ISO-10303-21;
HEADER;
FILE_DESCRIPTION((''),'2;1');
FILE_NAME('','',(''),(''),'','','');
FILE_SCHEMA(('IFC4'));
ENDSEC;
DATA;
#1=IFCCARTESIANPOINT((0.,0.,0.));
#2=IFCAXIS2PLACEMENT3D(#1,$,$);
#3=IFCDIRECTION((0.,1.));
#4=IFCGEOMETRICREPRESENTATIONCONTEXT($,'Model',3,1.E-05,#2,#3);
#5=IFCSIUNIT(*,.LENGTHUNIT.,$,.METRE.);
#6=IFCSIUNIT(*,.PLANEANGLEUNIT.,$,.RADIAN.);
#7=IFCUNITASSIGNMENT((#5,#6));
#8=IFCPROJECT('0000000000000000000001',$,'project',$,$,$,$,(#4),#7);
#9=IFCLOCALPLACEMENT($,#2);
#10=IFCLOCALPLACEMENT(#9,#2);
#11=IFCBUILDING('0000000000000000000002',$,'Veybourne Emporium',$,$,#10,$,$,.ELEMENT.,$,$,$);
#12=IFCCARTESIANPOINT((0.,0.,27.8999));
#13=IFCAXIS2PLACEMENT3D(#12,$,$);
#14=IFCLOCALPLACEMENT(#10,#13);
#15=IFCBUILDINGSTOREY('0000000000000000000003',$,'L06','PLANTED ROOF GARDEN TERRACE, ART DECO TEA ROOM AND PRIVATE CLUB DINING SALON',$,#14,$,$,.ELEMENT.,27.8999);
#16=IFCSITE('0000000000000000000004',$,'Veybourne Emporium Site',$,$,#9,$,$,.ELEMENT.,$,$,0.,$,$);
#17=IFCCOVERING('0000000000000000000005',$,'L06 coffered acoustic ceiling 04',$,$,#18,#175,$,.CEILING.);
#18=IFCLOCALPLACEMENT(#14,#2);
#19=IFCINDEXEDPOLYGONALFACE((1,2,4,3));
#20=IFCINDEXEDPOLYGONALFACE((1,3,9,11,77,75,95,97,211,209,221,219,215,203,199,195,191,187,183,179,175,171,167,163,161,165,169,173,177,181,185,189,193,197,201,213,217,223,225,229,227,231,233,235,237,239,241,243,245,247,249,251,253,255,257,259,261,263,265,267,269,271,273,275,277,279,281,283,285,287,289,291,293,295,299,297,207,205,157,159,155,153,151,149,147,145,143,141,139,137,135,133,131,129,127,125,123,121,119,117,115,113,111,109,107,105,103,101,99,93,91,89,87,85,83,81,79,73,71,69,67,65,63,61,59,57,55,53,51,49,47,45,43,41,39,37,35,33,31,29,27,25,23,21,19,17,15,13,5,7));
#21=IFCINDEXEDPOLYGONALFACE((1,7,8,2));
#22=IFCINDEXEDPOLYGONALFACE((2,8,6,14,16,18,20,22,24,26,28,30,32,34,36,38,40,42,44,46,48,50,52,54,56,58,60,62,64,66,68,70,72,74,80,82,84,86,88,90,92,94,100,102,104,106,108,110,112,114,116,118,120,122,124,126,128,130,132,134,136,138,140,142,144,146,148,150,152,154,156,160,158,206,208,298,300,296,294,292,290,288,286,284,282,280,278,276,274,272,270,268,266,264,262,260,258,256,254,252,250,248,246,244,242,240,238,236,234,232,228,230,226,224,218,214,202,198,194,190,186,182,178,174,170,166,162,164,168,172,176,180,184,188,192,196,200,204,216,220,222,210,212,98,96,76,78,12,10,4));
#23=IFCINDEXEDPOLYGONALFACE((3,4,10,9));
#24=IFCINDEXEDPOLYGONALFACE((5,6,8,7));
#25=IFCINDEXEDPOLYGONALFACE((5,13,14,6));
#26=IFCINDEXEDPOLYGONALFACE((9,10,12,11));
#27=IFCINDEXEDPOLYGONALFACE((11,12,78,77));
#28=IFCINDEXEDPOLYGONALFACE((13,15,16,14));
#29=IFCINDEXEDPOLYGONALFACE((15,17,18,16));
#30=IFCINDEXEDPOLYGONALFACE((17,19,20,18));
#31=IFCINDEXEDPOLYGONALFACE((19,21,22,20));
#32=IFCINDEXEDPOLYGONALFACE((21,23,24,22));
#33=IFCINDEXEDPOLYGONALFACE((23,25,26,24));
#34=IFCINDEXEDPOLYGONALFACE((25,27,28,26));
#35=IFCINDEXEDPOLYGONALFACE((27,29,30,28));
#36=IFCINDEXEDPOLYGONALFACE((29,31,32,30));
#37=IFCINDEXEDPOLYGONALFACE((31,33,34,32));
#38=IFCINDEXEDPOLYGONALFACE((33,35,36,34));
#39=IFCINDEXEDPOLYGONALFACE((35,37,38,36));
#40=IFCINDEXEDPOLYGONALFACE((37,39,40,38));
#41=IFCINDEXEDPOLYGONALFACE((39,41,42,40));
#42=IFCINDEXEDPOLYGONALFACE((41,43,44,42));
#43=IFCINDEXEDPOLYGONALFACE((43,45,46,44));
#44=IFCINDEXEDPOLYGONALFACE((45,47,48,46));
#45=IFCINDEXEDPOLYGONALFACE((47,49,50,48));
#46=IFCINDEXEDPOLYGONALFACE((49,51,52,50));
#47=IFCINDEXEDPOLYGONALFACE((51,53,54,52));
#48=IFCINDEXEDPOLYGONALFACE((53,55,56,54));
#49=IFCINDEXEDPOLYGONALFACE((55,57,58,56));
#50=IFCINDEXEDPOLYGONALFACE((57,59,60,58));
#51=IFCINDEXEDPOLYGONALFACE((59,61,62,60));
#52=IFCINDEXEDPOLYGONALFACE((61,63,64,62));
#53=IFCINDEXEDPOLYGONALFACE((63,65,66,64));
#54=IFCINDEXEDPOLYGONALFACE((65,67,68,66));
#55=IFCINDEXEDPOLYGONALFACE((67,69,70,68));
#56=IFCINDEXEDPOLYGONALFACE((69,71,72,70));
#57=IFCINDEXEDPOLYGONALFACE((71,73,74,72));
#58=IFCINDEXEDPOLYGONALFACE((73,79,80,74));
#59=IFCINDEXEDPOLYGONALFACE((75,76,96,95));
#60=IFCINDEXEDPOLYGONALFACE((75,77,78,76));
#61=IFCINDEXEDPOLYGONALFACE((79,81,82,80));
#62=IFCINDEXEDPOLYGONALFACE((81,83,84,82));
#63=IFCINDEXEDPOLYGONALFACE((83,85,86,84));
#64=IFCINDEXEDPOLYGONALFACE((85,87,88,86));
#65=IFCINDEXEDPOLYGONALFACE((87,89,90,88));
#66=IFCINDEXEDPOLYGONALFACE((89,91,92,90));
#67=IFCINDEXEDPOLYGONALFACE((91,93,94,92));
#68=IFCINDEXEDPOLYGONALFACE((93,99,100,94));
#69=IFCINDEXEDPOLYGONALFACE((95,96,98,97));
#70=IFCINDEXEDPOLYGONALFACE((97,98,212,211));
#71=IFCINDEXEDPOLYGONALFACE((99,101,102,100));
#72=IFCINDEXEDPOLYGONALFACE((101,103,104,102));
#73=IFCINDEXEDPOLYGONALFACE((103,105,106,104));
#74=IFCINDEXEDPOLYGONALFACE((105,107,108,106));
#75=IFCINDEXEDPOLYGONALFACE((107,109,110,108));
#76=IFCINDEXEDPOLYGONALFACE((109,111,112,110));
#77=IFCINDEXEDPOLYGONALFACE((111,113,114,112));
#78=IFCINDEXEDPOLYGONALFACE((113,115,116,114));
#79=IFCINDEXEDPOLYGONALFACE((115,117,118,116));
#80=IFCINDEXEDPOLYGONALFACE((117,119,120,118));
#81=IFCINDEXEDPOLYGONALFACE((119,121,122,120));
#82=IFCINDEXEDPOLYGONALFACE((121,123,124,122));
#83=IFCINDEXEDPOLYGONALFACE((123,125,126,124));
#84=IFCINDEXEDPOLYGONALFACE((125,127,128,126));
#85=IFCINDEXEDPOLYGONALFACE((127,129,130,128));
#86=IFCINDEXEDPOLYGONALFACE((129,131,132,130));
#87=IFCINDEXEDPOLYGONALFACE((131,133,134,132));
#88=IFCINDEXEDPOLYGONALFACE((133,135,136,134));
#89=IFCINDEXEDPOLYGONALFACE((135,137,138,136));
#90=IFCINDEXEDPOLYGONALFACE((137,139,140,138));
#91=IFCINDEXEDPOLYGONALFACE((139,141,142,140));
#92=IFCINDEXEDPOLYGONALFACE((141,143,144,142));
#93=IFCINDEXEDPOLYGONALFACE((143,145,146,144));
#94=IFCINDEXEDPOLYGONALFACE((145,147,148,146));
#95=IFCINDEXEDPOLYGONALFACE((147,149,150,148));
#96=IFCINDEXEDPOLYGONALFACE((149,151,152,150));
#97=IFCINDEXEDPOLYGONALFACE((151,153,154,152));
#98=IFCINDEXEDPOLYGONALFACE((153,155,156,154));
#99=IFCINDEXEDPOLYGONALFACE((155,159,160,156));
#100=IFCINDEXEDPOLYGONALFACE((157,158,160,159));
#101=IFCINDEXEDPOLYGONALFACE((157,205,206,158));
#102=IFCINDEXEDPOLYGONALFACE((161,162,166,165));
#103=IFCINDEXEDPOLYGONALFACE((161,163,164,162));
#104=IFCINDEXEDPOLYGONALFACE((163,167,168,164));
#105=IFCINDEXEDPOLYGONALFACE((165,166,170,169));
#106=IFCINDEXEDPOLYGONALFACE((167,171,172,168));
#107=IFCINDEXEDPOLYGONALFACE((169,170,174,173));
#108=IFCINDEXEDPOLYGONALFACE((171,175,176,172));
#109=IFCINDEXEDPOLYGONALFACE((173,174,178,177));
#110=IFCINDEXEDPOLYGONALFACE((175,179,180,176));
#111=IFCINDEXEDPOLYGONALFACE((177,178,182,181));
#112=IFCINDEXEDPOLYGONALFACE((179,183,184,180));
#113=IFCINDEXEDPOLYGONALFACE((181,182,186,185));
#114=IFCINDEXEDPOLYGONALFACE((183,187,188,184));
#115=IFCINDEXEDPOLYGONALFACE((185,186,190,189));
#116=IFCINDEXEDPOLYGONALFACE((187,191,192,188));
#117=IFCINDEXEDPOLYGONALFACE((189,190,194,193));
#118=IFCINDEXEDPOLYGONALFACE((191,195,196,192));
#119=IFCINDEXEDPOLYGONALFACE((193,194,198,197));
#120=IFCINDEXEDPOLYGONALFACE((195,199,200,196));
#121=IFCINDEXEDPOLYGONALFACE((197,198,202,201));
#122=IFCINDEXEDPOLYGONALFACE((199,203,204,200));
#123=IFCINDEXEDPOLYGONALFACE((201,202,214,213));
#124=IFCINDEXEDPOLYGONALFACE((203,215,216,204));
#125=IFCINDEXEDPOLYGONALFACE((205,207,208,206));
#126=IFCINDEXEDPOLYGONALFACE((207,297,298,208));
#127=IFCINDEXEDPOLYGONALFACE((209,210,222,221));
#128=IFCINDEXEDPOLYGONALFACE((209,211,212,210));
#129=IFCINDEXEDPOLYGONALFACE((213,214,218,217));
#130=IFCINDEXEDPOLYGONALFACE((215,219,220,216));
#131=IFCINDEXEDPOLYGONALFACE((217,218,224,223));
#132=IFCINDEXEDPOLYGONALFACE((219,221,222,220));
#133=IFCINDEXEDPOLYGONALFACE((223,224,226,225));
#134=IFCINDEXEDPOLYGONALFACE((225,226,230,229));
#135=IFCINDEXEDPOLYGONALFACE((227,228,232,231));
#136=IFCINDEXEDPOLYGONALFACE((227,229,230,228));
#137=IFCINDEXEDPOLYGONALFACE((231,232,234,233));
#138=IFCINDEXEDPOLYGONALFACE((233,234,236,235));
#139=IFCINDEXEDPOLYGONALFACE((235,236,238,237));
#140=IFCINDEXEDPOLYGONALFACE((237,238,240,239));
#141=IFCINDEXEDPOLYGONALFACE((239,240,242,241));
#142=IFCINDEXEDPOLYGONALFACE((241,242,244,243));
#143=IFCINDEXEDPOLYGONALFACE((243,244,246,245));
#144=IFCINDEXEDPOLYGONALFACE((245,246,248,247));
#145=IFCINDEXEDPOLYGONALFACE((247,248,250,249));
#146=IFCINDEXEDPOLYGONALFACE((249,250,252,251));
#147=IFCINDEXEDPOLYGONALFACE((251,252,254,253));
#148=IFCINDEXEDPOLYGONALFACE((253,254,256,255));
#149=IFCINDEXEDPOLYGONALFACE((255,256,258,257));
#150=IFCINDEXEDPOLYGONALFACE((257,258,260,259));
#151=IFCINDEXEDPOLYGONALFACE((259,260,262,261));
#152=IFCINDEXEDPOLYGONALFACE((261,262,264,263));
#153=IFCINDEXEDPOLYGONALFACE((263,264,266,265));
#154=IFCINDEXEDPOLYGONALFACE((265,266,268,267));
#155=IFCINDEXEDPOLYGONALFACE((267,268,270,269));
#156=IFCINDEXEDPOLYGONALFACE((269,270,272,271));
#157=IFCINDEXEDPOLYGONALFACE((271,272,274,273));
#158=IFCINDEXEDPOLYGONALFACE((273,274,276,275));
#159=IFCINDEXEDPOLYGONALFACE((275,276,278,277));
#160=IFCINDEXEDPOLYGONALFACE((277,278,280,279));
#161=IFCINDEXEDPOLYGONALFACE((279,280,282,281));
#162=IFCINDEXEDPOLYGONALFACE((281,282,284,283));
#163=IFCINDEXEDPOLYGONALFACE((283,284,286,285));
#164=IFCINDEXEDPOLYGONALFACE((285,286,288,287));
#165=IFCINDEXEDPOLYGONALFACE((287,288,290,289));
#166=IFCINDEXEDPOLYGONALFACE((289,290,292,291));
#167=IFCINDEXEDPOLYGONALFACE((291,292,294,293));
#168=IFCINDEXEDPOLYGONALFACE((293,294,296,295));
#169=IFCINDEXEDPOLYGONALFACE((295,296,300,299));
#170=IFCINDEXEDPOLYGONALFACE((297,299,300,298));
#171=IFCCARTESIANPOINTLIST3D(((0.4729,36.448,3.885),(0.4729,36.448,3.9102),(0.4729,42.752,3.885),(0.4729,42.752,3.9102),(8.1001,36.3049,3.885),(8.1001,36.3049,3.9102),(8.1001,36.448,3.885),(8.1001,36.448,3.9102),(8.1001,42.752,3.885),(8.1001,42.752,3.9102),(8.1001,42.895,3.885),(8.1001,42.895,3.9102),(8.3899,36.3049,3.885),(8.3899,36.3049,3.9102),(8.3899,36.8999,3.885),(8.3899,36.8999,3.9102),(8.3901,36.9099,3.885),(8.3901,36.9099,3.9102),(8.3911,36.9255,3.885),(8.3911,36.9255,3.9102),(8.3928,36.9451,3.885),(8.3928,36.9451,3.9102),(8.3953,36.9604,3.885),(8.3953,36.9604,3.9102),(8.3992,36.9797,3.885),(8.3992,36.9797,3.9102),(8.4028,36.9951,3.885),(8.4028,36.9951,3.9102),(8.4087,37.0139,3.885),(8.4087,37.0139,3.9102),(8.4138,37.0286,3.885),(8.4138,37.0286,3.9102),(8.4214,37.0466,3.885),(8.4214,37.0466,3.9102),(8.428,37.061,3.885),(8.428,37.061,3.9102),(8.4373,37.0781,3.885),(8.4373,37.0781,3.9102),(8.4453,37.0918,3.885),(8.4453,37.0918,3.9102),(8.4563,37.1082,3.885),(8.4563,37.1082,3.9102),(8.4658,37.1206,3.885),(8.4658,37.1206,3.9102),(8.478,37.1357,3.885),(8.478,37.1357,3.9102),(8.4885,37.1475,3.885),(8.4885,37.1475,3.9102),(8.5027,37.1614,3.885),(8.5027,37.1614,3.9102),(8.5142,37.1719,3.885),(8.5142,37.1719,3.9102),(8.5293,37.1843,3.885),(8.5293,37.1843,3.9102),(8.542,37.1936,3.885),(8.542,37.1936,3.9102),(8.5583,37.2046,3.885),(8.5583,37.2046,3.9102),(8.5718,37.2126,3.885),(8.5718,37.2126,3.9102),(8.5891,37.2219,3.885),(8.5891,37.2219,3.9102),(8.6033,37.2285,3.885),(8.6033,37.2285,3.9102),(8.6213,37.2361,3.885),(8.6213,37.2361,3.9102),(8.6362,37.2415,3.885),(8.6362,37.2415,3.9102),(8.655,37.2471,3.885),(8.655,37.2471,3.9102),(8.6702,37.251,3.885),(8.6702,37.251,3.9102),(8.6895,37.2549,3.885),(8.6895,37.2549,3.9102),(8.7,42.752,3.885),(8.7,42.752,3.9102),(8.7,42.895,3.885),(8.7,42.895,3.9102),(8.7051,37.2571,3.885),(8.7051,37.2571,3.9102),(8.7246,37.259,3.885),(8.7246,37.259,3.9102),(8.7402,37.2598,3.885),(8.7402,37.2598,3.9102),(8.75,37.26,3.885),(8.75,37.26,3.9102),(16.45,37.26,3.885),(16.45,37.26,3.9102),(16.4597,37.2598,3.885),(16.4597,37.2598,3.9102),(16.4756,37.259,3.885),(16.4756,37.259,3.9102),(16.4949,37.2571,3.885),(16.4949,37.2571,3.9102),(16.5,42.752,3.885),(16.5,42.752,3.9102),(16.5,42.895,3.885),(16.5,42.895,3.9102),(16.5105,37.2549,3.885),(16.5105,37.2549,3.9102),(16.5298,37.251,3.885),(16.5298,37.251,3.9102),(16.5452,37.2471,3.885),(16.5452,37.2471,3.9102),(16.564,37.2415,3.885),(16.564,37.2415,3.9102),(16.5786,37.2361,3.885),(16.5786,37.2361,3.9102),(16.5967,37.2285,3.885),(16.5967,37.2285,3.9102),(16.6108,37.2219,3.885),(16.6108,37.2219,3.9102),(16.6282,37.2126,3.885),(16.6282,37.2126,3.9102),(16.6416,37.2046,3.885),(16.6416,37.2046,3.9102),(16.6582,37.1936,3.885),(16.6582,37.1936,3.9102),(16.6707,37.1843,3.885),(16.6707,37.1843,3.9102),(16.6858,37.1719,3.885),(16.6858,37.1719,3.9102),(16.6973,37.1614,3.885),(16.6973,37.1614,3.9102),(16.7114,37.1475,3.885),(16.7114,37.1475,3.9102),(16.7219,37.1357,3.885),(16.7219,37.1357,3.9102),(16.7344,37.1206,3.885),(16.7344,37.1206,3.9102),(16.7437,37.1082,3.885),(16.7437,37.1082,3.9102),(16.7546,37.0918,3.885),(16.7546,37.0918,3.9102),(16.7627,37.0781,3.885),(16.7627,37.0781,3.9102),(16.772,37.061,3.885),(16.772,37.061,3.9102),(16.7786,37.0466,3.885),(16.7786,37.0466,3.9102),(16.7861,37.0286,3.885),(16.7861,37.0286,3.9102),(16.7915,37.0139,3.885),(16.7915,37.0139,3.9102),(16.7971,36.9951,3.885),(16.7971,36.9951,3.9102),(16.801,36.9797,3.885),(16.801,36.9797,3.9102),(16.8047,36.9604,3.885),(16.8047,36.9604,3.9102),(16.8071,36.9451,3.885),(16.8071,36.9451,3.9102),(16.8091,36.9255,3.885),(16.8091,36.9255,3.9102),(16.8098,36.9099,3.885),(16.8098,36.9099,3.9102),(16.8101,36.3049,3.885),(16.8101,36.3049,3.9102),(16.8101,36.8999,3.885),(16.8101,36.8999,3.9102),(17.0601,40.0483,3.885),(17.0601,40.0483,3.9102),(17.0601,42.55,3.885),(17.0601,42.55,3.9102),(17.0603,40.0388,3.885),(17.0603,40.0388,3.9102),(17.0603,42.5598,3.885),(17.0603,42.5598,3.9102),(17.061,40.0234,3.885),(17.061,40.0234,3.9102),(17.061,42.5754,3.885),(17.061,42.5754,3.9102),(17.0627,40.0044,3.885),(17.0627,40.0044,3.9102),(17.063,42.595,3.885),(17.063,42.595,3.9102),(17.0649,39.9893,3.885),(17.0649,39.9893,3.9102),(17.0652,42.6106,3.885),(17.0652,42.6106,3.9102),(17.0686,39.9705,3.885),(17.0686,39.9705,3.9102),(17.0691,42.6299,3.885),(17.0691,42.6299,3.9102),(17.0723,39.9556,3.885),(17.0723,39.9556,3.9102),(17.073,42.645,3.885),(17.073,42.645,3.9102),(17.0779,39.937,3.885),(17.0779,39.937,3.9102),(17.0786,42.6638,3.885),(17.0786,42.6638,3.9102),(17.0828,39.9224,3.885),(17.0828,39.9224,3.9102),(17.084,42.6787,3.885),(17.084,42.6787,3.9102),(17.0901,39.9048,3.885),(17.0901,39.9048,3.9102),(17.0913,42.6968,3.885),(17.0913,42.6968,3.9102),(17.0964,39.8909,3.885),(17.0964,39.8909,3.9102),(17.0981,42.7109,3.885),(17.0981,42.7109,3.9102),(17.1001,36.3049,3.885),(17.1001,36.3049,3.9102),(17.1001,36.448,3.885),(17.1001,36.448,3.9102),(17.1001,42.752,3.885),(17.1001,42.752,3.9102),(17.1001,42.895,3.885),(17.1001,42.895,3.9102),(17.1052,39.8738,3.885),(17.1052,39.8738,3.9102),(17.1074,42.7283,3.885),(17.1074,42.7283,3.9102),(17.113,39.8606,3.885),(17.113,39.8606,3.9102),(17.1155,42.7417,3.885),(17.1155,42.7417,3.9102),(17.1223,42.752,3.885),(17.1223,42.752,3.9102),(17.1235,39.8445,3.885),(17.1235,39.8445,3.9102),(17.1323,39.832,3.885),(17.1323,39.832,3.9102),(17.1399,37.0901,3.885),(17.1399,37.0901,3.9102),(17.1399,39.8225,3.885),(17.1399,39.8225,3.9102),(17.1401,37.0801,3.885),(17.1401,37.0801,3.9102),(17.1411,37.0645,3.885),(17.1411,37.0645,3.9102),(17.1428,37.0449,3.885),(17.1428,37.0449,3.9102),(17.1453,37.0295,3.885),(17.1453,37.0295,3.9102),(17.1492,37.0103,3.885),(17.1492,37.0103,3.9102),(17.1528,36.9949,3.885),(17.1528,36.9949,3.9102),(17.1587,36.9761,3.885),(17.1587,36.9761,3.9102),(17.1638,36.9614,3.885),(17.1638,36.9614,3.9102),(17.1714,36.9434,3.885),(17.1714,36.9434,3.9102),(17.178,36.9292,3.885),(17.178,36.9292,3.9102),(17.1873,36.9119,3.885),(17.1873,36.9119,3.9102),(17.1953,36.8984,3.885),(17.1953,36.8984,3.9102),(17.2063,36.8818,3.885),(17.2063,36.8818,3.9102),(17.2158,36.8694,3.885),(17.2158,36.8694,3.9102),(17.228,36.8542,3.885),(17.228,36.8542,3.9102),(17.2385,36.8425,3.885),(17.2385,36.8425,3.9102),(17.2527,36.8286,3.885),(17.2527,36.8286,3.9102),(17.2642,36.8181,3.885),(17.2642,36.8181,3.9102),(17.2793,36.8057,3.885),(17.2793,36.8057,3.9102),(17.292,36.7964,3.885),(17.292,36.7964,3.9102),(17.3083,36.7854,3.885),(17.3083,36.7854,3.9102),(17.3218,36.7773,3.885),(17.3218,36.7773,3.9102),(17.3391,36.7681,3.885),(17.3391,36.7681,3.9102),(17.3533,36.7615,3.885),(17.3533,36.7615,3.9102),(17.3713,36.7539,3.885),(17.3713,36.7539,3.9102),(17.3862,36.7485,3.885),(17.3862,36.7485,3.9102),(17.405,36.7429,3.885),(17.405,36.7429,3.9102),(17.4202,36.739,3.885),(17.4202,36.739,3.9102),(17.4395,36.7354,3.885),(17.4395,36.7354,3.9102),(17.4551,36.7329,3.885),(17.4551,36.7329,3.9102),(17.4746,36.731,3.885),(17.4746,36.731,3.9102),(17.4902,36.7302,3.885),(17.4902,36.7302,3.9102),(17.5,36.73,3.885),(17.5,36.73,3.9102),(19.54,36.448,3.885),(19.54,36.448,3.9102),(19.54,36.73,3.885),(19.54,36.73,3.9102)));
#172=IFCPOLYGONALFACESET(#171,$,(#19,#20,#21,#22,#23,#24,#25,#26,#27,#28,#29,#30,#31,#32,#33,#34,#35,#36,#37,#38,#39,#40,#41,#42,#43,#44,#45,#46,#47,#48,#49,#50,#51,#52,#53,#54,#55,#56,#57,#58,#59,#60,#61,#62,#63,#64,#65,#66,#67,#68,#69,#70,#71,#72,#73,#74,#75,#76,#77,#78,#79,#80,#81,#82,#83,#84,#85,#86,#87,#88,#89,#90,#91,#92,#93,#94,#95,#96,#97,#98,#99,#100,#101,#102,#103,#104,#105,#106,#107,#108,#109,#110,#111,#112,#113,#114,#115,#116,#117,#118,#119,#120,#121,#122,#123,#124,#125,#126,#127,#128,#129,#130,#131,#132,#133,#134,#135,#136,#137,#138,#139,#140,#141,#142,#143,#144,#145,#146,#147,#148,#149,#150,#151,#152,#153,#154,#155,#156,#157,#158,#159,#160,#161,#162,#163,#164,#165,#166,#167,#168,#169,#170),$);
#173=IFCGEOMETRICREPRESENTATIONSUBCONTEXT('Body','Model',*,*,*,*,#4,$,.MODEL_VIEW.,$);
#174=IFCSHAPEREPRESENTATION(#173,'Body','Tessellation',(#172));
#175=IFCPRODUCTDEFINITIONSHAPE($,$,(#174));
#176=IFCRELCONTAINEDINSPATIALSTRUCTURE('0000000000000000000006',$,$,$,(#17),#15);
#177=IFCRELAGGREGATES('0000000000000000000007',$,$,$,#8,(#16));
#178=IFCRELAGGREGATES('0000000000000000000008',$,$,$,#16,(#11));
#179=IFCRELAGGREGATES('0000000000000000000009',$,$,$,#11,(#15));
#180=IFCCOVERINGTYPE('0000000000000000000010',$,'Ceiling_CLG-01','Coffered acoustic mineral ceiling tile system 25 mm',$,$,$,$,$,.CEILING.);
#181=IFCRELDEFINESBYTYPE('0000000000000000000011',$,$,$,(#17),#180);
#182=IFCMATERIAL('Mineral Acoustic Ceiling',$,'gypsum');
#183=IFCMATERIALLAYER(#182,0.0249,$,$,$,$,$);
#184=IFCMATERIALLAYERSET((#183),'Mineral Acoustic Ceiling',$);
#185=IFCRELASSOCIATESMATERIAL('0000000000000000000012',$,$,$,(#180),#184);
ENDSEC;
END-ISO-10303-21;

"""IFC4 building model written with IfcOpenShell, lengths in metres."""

from ifc_helpers import new_model, si_unit, direction, frame, origin, place, context, subcontext, project, spatial, polyline, outline, extrude, material, layer, layer_set, type_object, element, save


model = new_model("IFC4")

# Units and contexts
model_context = context("Model", 3, precision=1e-05, world=origin(), true_north=direction((0.0, 1.0)))
body_context = subcontext(model_context, "Body", "Model", "MODEL_VIEW")
ifc_project = project(units=[si_unit("LENGTHUNIT", "METRE"), si_unit("PLANEANGLEUNIT", "RADIAN")], contexts=[model_context])

# Site, building, storey
site_placement = place(None, origin())
site = spatial("IfcSite", under=ifc_project, at=site_placement, Name="Veybourne Emporium Site", CompositionType="ELEMENT", RefElevation=0.0)
building_placement = place(site_placement, origin())
building = spatial("IfcBuilding", under=site, at=building_placement, Name="Veybourne Emporium", CompositionType="ELEMENT")
storey_placement = place(building_placement, frame((0.0, 0.0, 27.8999)))
storey = spatial("IfcBuildingStorey", under=building, at=storey_placement, Name="L06", Description="PLANTED ROOF GARDEN TERRACE, ART DECO TEA ROOM AND PRIVATE CLUB DINING SALON", CompositionType="ELEMENT", Elevation=27.8999)

# Covering
ifc_material_1 = material(Name="Mineral Acoustic Ceiling", Category="gypsum")
ifc_layer_1 = layer(ifc_material_1, 0.0249)
ifc_layer_set_1 = layer_set([ifc_layer_1], Name="Mineral Acoustic Ceiling")
covering_type_1 = type_object("IfcCoveringType", Name="Ceiling_CLG-01", Description="Coffered acoustic mineral ceiling tile system 25 mm", PredefinedType="CEILING", material=ifc_layer_set_1)
covering_1_placement = place(storey_placement, frame((0.0, 0.0, 3.885)))
element("IfcCovering", 1, at=covering_1_placement, inside=storey, type_object=covering_type_1, Name="L06 coffered acoustic ceiling 04", PredefinedType="CEILING", context=body_context, shape_type="SweptSolid", body=[
    extrude(outline(polyline([(8.7, 42.895), (8.7, 42.752), (16.5, 42.752), (16.5, 42.895), (17.1001, 42.895), (17.1001, 42.752), (17.1223, 42.752), (17.1155, 42.7417), (17.1074, 42.7283), (17.0981, 42.7109), (17.0913, 42.6968), (17.084, 42.6787), (17.0786, 42.6638), (17.073, 42.645), (17.0691, 42.6299), (17.0652, 42.6106), (17.063, 42.595), (17.061, 42.5754), (17.0603, 42.5598), (17.0601, 42.55), (17.0601, 40.0483), (17.0603, 40.0388), (17.061, 40.0234), (17.0627, 40.0044), (17.0649, 39.9893), (17.0686, 39.9705), (17.0723, 39.9556), (17.0779, 39.937), (17.0828, 39.9224), (17.0901, 39.9048), (17.0964, 39.8909), (17.1052, 39.8738), (17.113, 39.8606), (17.1235, 39.8445), (17.1323, 39.832), (17.1399, 39.8225), (17.1399, 37.0901), (17.1401, 37.0801), (17.1411, 37.0645), (17.1428, 37.0449), (17.1453, 37.0295), (17.1492, 37.0103), (17.1528, 36.9949), (17.1587, 36.9761), (17.1638, 36.9614), (17.1714, 36.9434), (17.178, 36.9292), (17.1873, 36.9119), (17.1953, 36.8984), (17.2063, 36.8818), (17.2158, 36.8694), (17.228, 36.8542), (17.2385, 36.8425), (17.2527, 36.8286), (17.2642, 36.8181), (17.2793, 36.8057), (17.292, 36.7964), (17.3083, 36.7854), (17.3218, 36.7773), (17.3391, 36.7681), (17.3533, 36.7615), (17.3713, 36.7539), (17.3862, 36.7485), (17.405, 36.7429), (17.4202, 36.739), (17.4395, 36.7354), (17.4551, 36.7329), (17.4746, 36.731), (17.4902, 36.7302), (17.5, 36.73), (19.54, 36.73), (19.54, 36.448), (17.1001, 36.448), (17.1001, 36.3049), (16.8101, 36.3049), (16.8101, 36.8999), (16.8098, 36.9099), (16.8091, 36.9255), (16.8071, 36.9451), (16.8047, 36.9604), (16.801, 36.9797), (16.7971, 36.9951), (16.7915, 37.0139), (16.7861, 37.0286), (16.7786, 37.0466), (16.772, 37.061), (16.7627, 37.0781), (16.7546, 37.0918), (16.7437, 37.1082), (16.7344, 37.1206), (16.7219, 37.1357), (16.7114, 37.1475), (16.6973, 37.1614), (16.6858, 37.1719), (16.6707, 37.1843), (16.6582, 37.1936), (16.6416, 37.2046), (16.6282, 37.2126), (16.6108, 37.2219), (16.5967, 37.2285), (16.5786, 37.2361), (16.564, 37.2415), (16.5452, 37.2471), (16.5298, 37.251), (16.5105, 37.2549), (16.4949, 37.2571), (16.4756, 37.259), (16.4597, 37.2598), (16.45, 37.26), (8.75, 37.26), (8.7402, 37.2598), (8.7246, 37.259), (8.7051, 37.2571), (8.6895, 37.2549), (8.6702, 37.251), (8.655, 37.2471), (8.6362, 37.2415), (8.6213, 37.2361), (8.6033, 37.2285), (8.5891, 37.2219), (8.5718, 37.2126), (8.5583, 37.2046), (8.542, 37.1936), (8.5293, 37.1843), (8.5142, 37.1719), (8.5027, 37.1614), (8.4885, 37.1475), (8.478, 37.1357), (8.4658, 37.1206), (8.4563, 37.1082), (8.4453, 37.0918), (8.4373, 37.0781), (8.428, 37.061), (8.4214, 37.0466), (8.4138, 37.0286), (8.4087, 37.0139), (8.4028, 36.9951), (8.3992, 36.9797), (8.3953, 36.9604), (8.3928, 36.9451), (8.3911, 36.9255), (8.3901, 36.9099), (8.3899, 36.8999), (8.3899, 36.3049), (8.1001, 36.3049), (8.1001, 36.448), (0.4729, 36.448), (0.4729, 42.752), (8.1001, 42.752), (8.1001, 42.895), (8.7, 42.895)])), origin(), (0.0, 0.0, 1.0), 0.0251),
])

save(model, "model.ifc")
